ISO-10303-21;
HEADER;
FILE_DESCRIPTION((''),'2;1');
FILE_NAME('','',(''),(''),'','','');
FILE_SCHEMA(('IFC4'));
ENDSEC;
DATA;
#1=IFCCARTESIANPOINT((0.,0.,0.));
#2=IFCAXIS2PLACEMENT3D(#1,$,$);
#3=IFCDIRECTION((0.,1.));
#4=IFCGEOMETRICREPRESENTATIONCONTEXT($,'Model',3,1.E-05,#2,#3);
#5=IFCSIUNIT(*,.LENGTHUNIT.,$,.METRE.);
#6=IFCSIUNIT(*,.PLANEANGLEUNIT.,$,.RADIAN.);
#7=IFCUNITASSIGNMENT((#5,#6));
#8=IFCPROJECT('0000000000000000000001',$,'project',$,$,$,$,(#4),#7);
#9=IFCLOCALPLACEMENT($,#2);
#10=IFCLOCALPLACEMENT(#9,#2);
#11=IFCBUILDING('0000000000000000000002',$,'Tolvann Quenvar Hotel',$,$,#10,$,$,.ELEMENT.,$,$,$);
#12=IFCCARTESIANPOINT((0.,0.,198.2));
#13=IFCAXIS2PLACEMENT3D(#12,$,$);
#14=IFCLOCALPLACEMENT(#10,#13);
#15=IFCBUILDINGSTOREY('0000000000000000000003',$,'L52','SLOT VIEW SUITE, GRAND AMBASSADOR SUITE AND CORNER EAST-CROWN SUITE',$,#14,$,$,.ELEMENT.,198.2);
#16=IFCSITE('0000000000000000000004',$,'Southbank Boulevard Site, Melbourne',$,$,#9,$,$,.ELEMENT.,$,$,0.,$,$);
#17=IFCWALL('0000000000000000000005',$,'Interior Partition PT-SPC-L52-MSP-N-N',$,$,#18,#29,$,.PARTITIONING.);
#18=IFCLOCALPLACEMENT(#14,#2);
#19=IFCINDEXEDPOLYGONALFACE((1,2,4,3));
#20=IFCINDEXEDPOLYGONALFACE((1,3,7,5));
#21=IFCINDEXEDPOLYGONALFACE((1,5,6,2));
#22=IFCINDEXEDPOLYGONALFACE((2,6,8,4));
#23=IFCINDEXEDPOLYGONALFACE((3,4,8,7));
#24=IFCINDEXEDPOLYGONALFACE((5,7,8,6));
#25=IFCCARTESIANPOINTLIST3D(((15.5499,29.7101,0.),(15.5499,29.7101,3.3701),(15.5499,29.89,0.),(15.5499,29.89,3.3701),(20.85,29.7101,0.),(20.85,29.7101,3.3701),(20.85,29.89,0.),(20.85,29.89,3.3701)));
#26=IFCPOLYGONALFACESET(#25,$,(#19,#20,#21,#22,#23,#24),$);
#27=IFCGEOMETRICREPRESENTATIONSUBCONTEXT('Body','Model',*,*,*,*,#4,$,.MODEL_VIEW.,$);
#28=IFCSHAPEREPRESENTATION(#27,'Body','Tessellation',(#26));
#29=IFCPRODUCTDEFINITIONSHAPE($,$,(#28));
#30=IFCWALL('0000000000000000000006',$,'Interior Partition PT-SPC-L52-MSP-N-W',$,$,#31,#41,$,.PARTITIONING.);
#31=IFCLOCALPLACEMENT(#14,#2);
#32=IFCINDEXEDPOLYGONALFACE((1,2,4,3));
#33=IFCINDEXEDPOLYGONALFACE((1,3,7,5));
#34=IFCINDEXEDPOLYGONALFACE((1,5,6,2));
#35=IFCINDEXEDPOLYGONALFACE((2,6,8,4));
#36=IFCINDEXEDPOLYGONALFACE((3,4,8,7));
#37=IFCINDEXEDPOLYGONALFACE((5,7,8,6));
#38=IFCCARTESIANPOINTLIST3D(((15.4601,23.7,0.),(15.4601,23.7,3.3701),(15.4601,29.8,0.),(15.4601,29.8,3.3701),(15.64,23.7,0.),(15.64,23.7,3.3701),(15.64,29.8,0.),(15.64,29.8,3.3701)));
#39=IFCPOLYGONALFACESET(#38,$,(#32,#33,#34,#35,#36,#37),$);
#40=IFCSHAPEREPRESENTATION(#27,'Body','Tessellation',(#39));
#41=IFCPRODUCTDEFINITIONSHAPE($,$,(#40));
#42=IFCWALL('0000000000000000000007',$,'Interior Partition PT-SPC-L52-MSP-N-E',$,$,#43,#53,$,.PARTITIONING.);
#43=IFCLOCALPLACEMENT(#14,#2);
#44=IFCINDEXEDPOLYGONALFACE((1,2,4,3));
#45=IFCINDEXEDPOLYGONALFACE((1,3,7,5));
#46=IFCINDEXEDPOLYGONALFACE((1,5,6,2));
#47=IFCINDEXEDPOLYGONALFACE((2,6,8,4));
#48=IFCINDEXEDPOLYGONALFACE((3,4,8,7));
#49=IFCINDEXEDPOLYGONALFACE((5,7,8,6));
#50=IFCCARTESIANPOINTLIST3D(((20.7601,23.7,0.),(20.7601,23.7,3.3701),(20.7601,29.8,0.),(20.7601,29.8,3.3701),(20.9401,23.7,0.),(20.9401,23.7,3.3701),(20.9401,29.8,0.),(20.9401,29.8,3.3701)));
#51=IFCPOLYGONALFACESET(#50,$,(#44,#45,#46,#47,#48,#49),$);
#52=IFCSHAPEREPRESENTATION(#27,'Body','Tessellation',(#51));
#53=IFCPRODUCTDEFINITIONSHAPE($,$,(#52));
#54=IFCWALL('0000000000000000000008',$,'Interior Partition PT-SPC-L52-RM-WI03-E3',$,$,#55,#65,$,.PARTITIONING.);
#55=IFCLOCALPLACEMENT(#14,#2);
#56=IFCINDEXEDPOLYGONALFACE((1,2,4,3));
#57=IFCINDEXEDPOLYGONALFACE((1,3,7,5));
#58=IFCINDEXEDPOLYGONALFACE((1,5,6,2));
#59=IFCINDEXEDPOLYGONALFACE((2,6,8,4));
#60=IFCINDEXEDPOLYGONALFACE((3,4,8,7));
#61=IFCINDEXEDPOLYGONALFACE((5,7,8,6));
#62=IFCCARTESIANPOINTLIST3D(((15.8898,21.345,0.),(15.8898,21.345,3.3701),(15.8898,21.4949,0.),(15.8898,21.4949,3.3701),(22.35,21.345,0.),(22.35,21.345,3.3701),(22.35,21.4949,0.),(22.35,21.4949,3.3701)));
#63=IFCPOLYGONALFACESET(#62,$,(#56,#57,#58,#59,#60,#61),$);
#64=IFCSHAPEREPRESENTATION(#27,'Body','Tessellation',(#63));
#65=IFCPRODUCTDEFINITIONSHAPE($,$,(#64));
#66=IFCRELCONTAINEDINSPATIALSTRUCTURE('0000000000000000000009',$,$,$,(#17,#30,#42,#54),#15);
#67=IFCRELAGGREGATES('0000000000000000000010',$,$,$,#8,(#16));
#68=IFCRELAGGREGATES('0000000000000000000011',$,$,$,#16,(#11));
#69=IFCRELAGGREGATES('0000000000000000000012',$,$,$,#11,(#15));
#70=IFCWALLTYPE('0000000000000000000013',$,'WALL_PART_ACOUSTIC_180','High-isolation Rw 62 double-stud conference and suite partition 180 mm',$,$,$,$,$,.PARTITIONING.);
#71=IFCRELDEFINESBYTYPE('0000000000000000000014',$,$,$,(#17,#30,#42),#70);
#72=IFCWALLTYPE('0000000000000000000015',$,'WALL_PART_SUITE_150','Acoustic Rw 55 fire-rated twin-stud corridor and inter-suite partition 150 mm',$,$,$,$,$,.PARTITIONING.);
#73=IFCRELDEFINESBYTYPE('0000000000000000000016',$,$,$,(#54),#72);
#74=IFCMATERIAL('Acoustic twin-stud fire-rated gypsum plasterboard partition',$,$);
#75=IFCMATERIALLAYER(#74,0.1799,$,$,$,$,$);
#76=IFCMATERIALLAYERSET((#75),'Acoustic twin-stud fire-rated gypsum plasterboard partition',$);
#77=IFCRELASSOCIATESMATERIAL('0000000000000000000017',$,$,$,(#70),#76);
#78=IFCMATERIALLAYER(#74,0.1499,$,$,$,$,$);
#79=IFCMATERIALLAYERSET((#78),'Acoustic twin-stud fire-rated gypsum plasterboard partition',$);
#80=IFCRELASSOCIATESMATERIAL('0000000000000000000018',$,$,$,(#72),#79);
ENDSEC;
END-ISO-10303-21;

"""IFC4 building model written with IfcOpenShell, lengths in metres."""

from ifc_helpers import new_model, si_unit, direction, frame, frame_2d, origin, place, context, subcontext, project, spatial, rectangle, extrude, material, layer, layer_set, type_object, element, save


model = new_model("IFC4")

# Units and contexts
model_context = context("Model", 3, precision=1e-05, world=origin(), true_north=direction((0.0, 1.0)))
body_context = subcontext(model_context, "Body", "Model", "MODEL_VIEW")
ifc_project = project(units=[si_unit("LENGTHUNIT", "METRE"), si_unit("PLANEANGLEUNIT", "RADIAN")], contexts=[model_context])

# Site, building, storey
site_placement = place(None, origin())
site = spatial("IfcSite", under=ifc_project, at=site_placement, Name="Southbank Boulevard Site, Melbourne", CompositionType="ELEMENT", RefElevation=0.0)
building_placement = place(site_placement, origin())
building = spatial("IfcBuilding", under=site, at=building_placement, Name="Tolvann Quenvar Hotel", CompositionType="ELEMENT")
storey_placement = place(building_placement, frame((0.0, 0.0, 198.2)))
storey = spatial("IfcBuildingStorey", under=building, at=storey_placement, Name="L52", Description="SLOT VIEW SUITE, GRAND AMBASSADOR SUITE AND CORNER EAST-CROWN SUITE", CompositionType="ELEMENT", Elevation=198.2)

# Shared definitions
ifc_material_1 = material(Name="Acoustic twin-stud fire-rated gypsum plasterboard partition")
ifc_layer_1 = layer(ifc_material_1, 0.1799)
ifc_layer_set_1 = layer_set([ifc_layer_1], Name="Acoustic twin-stud fire-rated gypsum plasterboard partition")
wall_type_1 = type_object("IfcWallType", Name="WALL_PART_ACOUSTIC_180", Description="High-isolation Rw 62 double-stud conference and suite partition 180 mm", PredefinedType="PARTITIONING", material=ifc_layer_set_1)

# Walls
wall_1_placement = place(storey_placement, frame((15.55, 29.8, 0.0), z_axis=(0.0, 0.0, 1.0), x_axis=(1.0, 0.0, 0.0)))
element("IfcWall", 1, at=wall_1_placement, inside=storey, type_object=wall_type_1, Name="Interior Partition PT-SPC-L52-MSP-N-N", PredefinedType="PARTITIONING", context=body_context, shape_type="SweptSolid", body=[
    extrude(rectangle(XDim=5.3, YDim=0.1799, at=frame_2d((2.6499, 0.0))), origin(), (0.0, 0.0, 1.0), 3.3701),
])
for number, where, z_axis, x_axis, name in (
    (2, (15.55, 23.7, 0.0), (0.0, 0.0, 1.0), (0.0, 1.0, 0.0), "Interior Partition PT-SPC-L52-MSP-N-W"),
    (3, (20.8501, 23.7, 0.0), (0.0, 0.0, 1.0), (0.0, 1.0, 0.0), "Interior Partition PT-SPC-L52-MSP-N-E"),
):
    element("IfcWall", number, at=place(storey_placement, frame(where, z_axis=z_axis, x_axis=x_axis)), inside=storey, type_object=wall_type_1, Name=name, PredefinedType="PARTITIONING", context=body_context, shape_type="SweptSolid", body=[
        extrude(rectangle(XDim=6.1001, YDim=0.1799, at=frame_2d((3.05, 0.0))), origin(), (0.0, 0.0, 1.0), 3.3701),
    ])
ifc_layer_2 = layer(ifc_material_1, 0.1499)
ifc_layer_set_2 = layer_set([ifc_layer_2], Name="Acoustic twin-stud fire-rated gypsum plasterboard partition")
wall_type_2 = type_object("IfcWallType", Name="WALL_PART_SUITE_150", Description="Acoustic Rw 55 fire-rated twin-stud corridor and inter-suite partition 150 mm", PredefinedType="PARTITIONING", material=ifc_layer_set_2)
wall_2_placement = place(storey_placement, frame((15.8899, 21.4199, 0.0), z_axis=(0.0, 0.0, 1.0), x_axis=(1.0, 0.0, 0.0)))
element("IfcWall", 4, at=wall_2_placement, inside=storey, type_object=wall_type_2, Name="Interior Partition PT-SPC-L52-RM-WI03-E3", PredefinedType="PARTITIONING", context=body_context, shape_type="SweptSolid", body=[
    extrude(rectangle(XDim=6.4602, YDim=0.1499, at=frame_2d((3.23, 0.0))), origin(), (0.0, 0.0, 1.0), 3.3701),
])

save(model, "model.ifc")
